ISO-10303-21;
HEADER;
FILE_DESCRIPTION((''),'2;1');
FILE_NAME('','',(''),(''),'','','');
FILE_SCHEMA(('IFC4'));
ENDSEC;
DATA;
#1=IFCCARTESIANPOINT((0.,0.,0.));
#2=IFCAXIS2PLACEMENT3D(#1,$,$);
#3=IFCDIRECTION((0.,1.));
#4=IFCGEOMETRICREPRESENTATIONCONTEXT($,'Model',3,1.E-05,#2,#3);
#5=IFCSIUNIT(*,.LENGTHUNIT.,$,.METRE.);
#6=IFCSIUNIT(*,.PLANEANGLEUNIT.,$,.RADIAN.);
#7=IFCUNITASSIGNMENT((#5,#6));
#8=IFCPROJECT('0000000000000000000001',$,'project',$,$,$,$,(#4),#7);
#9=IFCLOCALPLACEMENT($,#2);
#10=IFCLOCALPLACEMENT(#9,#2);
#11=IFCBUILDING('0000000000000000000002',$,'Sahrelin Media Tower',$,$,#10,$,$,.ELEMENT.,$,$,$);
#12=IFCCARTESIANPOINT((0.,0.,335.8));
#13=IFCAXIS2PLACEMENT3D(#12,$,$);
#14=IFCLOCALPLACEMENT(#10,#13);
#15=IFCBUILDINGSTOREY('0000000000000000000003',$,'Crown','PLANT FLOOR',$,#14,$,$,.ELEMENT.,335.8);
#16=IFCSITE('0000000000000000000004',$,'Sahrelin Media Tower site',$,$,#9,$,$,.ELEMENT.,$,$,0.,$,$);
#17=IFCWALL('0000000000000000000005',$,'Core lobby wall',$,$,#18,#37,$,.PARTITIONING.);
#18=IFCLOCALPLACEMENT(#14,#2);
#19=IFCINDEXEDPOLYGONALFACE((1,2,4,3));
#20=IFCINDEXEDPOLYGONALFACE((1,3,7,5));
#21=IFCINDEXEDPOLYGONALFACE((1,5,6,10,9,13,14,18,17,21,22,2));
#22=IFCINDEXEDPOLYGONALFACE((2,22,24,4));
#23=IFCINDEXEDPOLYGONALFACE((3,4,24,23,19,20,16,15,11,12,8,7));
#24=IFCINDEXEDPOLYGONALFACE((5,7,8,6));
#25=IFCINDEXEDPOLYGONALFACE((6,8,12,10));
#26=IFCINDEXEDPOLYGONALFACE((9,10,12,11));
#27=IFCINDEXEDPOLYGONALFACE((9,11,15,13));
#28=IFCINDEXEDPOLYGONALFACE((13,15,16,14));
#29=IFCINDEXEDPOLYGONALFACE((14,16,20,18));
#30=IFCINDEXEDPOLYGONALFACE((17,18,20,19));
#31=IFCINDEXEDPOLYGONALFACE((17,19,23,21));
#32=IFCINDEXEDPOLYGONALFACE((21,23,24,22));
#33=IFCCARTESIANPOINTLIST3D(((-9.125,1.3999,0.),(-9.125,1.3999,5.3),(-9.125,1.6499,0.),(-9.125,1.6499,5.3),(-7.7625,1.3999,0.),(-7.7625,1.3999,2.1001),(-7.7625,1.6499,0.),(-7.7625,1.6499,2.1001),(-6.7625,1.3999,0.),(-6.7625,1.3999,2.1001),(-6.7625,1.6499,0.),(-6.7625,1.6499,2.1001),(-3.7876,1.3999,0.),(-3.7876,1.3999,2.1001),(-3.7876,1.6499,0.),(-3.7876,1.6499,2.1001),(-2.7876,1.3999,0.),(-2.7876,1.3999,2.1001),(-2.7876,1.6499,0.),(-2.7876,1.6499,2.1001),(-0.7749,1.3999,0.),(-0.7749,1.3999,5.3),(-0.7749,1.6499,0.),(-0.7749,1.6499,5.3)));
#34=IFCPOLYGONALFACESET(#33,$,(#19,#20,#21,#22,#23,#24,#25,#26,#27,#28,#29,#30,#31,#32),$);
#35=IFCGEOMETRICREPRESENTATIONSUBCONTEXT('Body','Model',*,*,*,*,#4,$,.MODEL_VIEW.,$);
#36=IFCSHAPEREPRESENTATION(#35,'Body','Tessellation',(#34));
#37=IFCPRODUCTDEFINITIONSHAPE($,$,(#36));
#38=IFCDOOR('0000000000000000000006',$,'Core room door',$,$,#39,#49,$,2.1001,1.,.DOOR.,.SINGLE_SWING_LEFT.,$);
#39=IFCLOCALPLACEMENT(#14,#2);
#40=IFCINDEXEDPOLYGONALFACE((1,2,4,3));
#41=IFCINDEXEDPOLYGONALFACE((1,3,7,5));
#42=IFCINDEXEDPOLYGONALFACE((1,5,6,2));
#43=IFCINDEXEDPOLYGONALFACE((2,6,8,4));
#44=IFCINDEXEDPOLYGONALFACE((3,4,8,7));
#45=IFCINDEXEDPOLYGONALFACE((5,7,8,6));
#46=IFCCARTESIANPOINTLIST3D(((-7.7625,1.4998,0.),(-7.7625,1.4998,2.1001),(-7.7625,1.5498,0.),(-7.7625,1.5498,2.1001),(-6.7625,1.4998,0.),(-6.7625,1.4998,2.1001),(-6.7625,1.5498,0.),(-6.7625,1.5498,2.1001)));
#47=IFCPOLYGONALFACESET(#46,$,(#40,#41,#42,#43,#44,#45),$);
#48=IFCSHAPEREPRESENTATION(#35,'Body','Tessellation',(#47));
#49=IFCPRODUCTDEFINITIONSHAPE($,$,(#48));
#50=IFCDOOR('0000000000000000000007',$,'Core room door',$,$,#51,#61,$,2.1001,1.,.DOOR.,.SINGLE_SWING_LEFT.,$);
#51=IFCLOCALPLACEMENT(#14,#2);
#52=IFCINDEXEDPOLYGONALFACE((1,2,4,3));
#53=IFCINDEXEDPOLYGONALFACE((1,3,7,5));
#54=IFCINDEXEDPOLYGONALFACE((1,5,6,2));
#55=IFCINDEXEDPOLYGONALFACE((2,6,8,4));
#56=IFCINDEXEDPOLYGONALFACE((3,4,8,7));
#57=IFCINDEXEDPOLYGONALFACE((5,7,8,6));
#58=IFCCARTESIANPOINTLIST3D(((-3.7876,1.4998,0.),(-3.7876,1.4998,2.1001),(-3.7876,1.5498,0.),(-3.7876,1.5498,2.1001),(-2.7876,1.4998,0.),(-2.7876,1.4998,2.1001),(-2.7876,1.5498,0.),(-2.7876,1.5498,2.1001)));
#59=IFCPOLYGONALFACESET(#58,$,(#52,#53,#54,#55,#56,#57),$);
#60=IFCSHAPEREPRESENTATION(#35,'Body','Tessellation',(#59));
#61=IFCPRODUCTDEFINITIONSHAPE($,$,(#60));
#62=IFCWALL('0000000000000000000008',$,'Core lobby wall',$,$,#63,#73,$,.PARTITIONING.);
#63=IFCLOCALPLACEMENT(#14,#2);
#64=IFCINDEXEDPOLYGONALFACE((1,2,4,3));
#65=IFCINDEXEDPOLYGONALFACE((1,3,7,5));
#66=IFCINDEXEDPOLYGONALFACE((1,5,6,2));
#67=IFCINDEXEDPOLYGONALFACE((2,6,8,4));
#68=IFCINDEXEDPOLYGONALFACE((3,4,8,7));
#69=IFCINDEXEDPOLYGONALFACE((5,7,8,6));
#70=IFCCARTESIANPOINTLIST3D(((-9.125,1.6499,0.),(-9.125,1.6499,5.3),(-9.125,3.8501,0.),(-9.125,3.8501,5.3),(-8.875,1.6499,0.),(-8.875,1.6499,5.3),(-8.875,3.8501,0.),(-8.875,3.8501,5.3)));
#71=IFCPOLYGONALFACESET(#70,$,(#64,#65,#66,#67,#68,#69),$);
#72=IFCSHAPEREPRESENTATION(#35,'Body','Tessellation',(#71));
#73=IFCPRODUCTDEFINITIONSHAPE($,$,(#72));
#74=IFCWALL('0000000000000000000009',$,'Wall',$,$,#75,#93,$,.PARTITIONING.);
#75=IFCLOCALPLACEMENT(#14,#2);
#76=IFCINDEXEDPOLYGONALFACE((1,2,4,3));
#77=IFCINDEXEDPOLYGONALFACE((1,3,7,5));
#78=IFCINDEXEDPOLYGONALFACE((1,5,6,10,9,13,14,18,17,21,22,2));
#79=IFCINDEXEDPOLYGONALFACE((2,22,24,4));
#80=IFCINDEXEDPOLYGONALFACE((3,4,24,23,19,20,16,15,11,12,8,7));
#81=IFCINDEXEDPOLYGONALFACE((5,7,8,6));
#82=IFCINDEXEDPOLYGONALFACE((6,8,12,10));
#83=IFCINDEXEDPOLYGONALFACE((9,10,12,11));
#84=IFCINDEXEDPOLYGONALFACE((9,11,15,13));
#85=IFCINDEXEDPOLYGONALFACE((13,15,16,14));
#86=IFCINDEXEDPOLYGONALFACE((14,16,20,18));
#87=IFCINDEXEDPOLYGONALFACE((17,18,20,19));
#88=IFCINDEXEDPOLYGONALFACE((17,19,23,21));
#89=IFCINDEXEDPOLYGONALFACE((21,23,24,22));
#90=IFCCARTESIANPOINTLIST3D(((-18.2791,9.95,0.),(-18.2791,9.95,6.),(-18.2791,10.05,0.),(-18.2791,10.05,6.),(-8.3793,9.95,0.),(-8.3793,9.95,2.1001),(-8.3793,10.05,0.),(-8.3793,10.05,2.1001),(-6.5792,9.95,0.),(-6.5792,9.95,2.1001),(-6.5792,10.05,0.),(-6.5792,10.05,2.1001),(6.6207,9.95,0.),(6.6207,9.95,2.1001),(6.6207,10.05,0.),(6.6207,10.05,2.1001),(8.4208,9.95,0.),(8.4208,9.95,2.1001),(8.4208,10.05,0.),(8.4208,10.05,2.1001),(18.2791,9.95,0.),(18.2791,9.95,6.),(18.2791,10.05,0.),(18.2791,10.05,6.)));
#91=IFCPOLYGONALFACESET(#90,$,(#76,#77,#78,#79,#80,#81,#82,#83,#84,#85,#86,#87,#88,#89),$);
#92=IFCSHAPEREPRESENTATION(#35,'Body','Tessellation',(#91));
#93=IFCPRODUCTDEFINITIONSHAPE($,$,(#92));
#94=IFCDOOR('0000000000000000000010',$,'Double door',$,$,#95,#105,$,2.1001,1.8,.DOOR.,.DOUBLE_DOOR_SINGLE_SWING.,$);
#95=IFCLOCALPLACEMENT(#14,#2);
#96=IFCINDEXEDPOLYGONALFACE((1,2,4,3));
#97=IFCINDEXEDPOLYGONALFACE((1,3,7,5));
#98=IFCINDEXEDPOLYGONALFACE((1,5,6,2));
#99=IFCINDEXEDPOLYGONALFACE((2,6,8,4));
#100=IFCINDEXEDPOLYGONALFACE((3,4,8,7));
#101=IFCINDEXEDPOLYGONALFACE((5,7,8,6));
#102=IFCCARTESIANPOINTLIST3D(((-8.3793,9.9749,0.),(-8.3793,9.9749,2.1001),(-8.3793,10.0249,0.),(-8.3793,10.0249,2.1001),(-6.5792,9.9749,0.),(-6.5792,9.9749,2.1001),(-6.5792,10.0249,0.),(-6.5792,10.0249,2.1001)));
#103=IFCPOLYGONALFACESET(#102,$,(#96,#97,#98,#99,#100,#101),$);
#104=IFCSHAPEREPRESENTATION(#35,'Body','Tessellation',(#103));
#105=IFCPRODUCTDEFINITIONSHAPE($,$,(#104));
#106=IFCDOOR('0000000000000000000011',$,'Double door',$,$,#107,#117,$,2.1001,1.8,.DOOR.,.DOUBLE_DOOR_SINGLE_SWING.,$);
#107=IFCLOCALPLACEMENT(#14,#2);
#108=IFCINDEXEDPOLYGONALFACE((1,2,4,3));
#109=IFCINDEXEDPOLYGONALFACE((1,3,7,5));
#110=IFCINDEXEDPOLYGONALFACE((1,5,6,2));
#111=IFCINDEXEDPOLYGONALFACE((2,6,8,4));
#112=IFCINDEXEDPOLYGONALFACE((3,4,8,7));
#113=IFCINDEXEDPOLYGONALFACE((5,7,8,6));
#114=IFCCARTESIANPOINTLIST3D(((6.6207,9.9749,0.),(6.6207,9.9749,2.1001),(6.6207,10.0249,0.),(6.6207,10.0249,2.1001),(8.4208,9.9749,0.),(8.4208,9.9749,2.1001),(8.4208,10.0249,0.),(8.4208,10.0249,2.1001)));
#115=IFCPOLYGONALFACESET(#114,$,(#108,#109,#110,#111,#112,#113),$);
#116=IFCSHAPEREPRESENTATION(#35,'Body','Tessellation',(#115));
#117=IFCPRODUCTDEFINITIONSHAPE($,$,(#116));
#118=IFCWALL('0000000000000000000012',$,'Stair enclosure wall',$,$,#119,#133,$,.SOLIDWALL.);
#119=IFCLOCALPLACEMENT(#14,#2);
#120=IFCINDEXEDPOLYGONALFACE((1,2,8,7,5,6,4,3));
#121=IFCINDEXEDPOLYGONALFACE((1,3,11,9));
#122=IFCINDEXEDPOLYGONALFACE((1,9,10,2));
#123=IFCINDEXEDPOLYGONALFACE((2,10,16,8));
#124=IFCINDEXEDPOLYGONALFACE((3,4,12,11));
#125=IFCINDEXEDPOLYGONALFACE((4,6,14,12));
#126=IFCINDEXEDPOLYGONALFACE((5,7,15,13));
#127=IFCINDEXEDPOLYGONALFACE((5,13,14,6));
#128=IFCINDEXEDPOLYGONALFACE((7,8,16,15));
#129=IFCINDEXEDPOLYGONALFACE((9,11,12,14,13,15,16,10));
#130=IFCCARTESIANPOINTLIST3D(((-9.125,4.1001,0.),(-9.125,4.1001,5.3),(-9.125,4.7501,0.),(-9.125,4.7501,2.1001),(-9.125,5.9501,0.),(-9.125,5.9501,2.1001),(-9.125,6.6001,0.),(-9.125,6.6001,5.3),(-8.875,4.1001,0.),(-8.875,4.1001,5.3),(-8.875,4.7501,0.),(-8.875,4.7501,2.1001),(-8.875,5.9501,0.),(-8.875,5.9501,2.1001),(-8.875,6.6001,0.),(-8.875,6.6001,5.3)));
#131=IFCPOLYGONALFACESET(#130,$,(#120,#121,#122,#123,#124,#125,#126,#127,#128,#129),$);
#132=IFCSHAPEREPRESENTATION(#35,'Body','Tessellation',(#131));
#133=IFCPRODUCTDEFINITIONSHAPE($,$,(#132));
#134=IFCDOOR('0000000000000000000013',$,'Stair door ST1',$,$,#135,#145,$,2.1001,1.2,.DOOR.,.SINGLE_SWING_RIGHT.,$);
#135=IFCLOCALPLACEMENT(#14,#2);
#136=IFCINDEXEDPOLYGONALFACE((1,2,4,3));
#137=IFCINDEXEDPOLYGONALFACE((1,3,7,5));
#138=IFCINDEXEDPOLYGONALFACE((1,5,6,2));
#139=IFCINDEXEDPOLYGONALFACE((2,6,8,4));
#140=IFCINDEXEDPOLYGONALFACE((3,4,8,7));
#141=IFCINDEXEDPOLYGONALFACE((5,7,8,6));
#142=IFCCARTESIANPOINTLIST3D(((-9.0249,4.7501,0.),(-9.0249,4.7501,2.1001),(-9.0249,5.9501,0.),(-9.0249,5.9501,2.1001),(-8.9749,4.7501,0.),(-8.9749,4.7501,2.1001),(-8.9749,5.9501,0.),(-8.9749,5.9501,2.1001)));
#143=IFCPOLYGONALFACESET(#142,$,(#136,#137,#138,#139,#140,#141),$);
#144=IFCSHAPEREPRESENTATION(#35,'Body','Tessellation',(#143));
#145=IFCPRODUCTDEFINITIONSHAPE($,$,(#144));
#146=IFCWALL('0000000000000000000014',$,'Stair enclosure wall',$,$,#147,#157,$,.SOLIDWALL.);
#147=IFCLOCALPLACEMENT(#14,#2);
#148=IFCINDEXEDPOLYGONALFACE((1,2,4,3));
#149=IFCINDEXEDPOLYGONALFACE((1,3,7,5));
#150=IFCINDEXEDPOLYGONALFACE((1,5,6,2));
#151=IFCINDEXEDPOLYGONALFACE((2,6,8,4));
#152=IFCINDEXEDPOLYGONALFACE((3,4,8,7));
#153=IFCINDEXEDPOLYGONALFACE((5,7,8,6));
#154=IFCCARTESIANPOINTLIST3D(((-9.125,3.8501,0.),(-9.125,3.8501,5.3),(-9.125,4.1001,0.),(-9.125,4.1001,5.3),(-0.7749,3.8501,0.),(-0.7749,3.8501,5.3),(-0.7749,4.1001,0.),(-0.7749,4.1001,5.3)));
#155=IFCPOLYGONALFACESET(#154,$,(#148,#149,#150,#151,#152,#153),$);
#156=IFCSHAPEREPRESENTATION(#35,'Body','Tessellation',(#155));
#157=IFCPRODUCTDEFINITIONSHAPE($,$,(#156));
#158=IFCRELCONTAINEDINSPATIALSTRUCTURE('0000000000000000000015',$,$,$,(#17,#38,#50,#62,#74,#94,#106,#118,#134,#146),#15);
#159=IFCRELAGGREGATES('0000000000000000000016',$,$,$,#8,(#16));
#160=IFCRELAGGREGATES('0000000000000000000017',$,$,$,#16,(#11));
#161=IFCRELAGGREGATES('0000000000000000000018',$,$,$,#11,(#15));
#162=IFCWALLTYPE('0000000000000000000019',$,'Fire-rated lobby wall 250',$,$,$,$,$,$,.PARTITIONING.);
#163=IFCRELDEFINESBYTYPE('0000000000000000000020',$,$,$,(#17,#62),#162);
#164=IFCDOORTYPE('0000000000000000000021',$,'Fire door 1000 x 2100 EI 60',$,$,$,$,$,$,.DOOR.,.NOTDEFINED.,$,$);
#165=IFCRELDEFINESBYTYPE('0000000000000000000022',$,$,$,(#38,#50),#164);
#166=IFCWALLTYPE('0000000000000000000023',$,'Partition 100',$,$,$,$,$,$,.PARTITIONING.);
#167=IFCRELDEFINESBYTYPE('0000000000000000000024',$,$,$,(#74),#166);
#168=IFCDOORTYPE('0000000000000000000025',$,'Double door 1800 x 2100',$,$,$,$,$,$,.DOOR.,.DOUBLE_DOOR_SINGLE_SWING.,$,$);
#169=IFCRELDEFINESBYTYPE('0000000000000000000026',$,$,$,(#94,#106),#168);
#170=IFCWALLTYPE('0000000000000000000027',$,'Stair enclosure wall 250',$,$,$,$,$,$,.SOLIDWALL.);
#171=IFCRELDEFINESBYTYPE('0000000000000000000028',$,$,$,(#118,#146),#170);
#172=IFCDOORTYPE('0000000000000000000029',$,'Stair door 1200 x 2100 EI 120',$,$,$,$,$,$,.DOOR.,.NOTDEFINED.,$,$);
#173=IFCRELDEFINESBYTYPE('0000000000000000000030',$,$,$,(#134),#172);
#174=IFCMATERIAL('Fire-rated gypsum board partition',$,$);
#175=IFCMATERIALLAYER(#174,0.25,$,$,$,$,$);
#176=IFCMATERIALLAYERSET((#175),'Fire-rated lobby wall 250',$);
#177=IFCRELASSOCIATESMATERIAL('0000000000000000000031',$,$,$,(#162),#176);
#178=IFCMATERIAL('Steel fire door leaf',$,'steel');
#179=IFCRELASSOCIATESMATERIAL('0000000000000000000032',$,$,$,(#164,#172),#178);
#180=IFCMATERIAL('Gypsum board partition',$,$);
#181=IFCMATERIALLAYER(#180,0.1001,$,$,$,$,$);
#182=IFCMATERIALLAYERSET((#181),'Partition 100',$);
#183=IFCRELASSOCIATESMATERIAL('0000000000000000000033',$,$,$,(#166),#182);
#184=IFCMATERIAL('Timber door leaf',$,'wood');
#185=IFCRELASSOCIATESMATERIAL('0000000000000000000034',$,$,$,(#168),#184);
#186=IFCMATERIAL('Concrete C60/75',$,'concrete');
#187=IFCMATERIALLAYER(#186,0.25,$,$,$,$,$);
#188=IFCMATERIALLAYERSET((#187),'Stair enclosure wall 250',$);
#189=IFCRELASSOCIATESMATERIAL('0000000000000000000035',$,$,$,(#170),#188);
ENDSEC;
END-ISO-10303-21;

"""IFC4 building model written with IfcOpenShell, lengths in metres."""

from ifc_helpers import new_model, si_unit, direction, frame, frame_2d, origin, place, context, subcontext, project, spatial, rectangle, extrude, material, layer, layer_set, type_object, element, fill, save


model = new_model("IFC4")

# Units and contexts
model_context = context("Model", 3, precision=1e-05, world=origin(), true_north=direction((0.0, 1.0)))
body_context = subcontext(model_context, "Body", "Model", "MODEL_VIEW")
ifc_project = project(units=[si_unit("LENGTHUNIT", "METRE"), si_unit("PLANEANGLEUNIT", "RADIAN")], contexts=[model_context])

# Site, building, storey
site_placement = place(None, origin())
site = spatial("IfcSite", under=ifc_project, at=site_placement, Name="Sahrelin Media Tower site", CompositionType="ELEMENT", RefElevation=0.0)
building_placement = place(site_placement, origin())
building = spatial("IfcBuilding", under=site, at=building_placement, Name="Sahrelin Media Tower", CompositionType="ELEMENT")
storey_placement = place(building_placement, frame((0.0, 0.0, 335.8)))
storey = spatial("IfcBuildingStorey", under=building, at=storey_placement, Name="Crown", Description="PLANT FLOOR", CompositionType="ELEMENT", Elevation=335.8)

# Shared definitions
ifc_material_1 = material(Name="Concrete C60/75", Category="concrete")

# Wall, openings, doors
ifc_material_2 = material(Name="Fire-rated gypsum board partition")
ifc_layer_1 = layer(ifc_material_2, 0.25)
ifc_layer_set_1 = layer_set([ifc_layer_1], Name="Fire-rated lobby wall 250")
wall_type_1 = type_object("IfcWallType", Name="Fire-rated lobby wall 250", PredefinedType="PARTITIONING", material=ifc_layer_set_1)
wall_1_placement = place(storey_placement, frame((-9.125, 1.5249, 0.0), z_axis=(0.0, 0.0, 1.0), x_axis=(1.0, 0.0, 0.0)))
wall_1 = element("IfcWall", 1, at=wall_1_placement, inside=storey, type_object=wall_type_1, Name="Core lobby wall", PredefinedType="PARTITIONING", context=body_context, shape_type="SweptSolid", body=[
    extrude(rectangle(XDim=8.3501, YDim=0.25, at=frame_2d((4.175, 0.0))), origin(), (0.0, 0.0, 1.0), 5.3),
])
opening_1_placement = place(wall_1_placement, frame((1.3625, 0.0, 0.0)))
opening_1 = element("IfcOpeningElement", 2, at=opening_1_placement, cuts=wall_1, PredefinedType="OPENING", context=body_context, shape_type="SweptSolid", body=[
    extrude(rectangle(XDim=1.0, YDim=2.1001, at=frame_2d((0.5, 1.05))), frame((0.0, 0.125, 0.0), z_axis=(0.0, -1.0, 0.0), x_axis=(1.0, 0.0, 0.0)), (0.0, 0.0, 1.0), 0.25),
])
opening_2_placement = place(wall_1_placement, frame((5.3374, 0.0, 0.0)))
opening_2 = element("IfcOpeningElement", 3, at=opening_2_placement, cuts=wall_1, PredefinedType="OPENING", context=body_context, shape_type="SweptSolid", body=[
    extrude(rectangle(XDim=1.0, YDim=2.1001, at=frame_2d((0.5, 1.05))), frame((0.0, 0.125, 0.0), z_axis=(0.0, -1.0, 0.0), x_axis=(1.0, 0.0, 0.0)), (0.0, 0.0, 1.0), 0.25),
])
ifc_material_3 = material(Name="Steel fire door leaf", Category="steel")
door_type_1 = type_object("IfcDoorType", Name="Fire door 1000 x 2100 EI 60", OperationType="NOTDEFINED", PredefinedType="DOOR", material=ifc_material_3)
door_1_placement = place(opening_1_placement, origin())
door_1 = element("IfcDoor", 4, at=door_1_placement, inside=storey, type_object=door_type_1, Name="Core room door", OperationType="SINGLE_SWING_LEFT", OverallHeight=2.1001, OverallWidth=1.0, PredefinedType="DOOR", context=body_context, shape_type="SweptSolid", body=[
    extrude(rectangle(XDim=1.0, YDim=2.1001, at=frame_2d((0.5, 1.05))), frame((0.0, 0.0249, 0.0), z_axis=(0.0, -1.0, 0.0), x_axis=(1.0, 0.0, 0.0)), (0.0, 0.0, 1.0), 0.05),
])
fill(opening_1, door_1)
door_2_placement = place(opening_2_placement, origin())
door_2 = element("IfcDoor", 5, at=door_2_placement, inside=storey, type_object=door_type_1, Name="Core room door", OperationType="SINGLE_SWING_LEFT", OverallHeight=2.1001, OverallWidth=1.0, PredefinedType="DOOR", context=body_context, shape_type="SweptSolid", body=[
    extrude(rectangle(XDim=1.0, YDim=2.1001, at=frame_2d((0.5, 1.05))), frame((0.0, 0.0249, 0.0), z_axis=(0.0, -1.0, 0.0), x_axis=(1.0, 0.0, 0.0)), (0.0, 0.0, 1.0), 0.05),
])
fill(opening_2, door_2)

# Wall
wall_2_placement = place(storey_placement, frame((-9.0, 1.6499, 0.0), z_axis=(0.0, 0.0, 1.0), x_axis=(0.0, 1.0, 0.0)))
element("IfcWall", 6, at=wall_2_placement, inside=storey, type_object=wall_type_1, Name="Core lobby wall", PredefinedType="PARTITIONING", context=body_context, shape_type="SweptSolid", body=[
    extrude(rectangle(XDim=2.2002, YDim=0.25, at=frame_2d((1.1001, 0.0))), origin(), (0.0, 0.0, 1.0), 5.3),
])

# Wall, openings, doors
ifc_material_4 = material(Name="Gypsum board partition")
ifc_layer_2 = layer(ifc_material_4, 0.1001)
ifc_layer_set_2 = layer_set([ifc_layer_2], Name="Partition 100")
wall_type_2 = type_object("IfcWallType", Name="Partition 100", PredefinedType="PARTITIONING", material=ifc_layer_set_2)
wall_3_placement = place(storey_placement, frame((-18.2791, 10.0, 0.0), z_axis=(0.0, 0.0, 1.0), x_axis=(1.0, 0.0, 0.0)))
wall_3 = element("IfcWall", 7, at=wall_3_placement, inside=storey, type_object=wall_type_2, Name="Wall", PredefinedType="PARTITIONING", context=body_context, shape_type="SweptSolid", body=[
    extrude(rectangle(XDim=36.5581, YDim=0.1001, at=frame_2d((18.2791, 0.0))), origin(), (0.0, 0.0, 1.0), 6.0),
])
opening_3_placement = place(wall_3_placement, frame((9.8999, 0.0, 0.0)))
opening_3 = element("IfcOpeningElement", 8, at=opening_3_placement, cuts=wall_3, PredefinedType="OPENING", context=body_context, shape_type="SweptSolid", body=[
    extrude(rectangle(XDim=1.8, YDim=2.1001, at=frame_2d((0.8999, 1.05))), frame((0.0, 0.05, 0.0), z_axis=(0.0, -1.0, 0.0), x_axis=(1.0, 0.0, 0.0)), (0.0, 0.0, 1.0), 0.1001),
])
opening_4_placement = place(wall_3_placement, frame((24.8999, 0.0, 0.0)))
opening_4 = element("IfcOpeningElement", 9, at=opening_4_placement, cuts=wall_3, PredefinedType="OPENING", context=body_context, shape_type="SweptSolid", body=[
    extrude(rectangle(XDim=1.8, YDim=2.1001, at=frame_2d((0.8999, 1.05))), frame((0.0, 0.05, 0.0), z_axis=(0.0, -1.0, 0.0), x_axis=(1.0, 0.0, 0.0)), (0.0, 0.0, 1.0), 0.1001),
])
ifc_material_5 = material(Name="Timber door leaf", Category="wood")
door_type_2 = type_object("IfcDoorType", Name="Double door 1800 x 2100", OperationType="DOUBLE_DOOR_SINGLE_SWING", PredefinedType="DOOR", material=ifc_material_5)
door_3_placement = place(opening_3_placement, origin())
door_3 = element("IfcDoor", 10, at=door_3_placement, inside=storey, type_object=door_type_2, Name="Double door", OperationType="DOUBLE_DOOR_SINGLE_SWING", OverallHeight=2.1001, OverallWidth=1.8, PredefinedType="DOOR", context=body_context, shape_type="SweptSolid", body=[
    extrude(rectangle(XDim=1.8, YDim=2.1001, at=frame_2d((0.8999, 1.05))), frame((0.0, 0.0249, 0.0), z_axis=(0.0, -1.0, 0.0), x_axis=(1.0, 0.0, 0.0)), (0.0, 0.0, 1.0), 0.05),
])
fill(opening_3, door_3)
door_4_placement = place(opening_4_placement, origin())
door_4 = element("IfcDoor", 11, at=door_4_placement, inside=storey, type_object=door_type_2, Name="Double door", OperationType="DOUBLE_DOOR_SINGLE_SWING", OverallHeight=2.1001, OverallWidth=1.8, PredefinedType="DOOR", context=body_context, shape_type="SweptSolid", body=[
    extrude(rectangle(XDim=1.8, YDim=2.1001, at=frame_2d((0.8999, 1.05))), frame((0.0, 0.0249, 0.0), z_axis=(0.0, -1.0, 0.0), x_axis=(1.0, 0.0, 0.0)), (0.0, 0.0, 1.0), 0.05),
])
fill(opening_4, door_4)

# Wall, opening, door
ifc_layer_3 = layer(ifc_material_1, 0.25)
ifc_layer_set_3 = layer_set([ifc_layer_3], Name="Stair enclosure wall 250")
wall_type_3 = type_object("IfcWallType", Name="Stair enclosure wall 250", PredefinedType="SOLIDWALL", material=ifc_layer_set_3)
wall_4_placement = place(storey_placement, frame((-9.0, 4.1001, 0.0), z_axis=(0.0, 0.0, 1.0), x_axis=(0.0, 1.0, 0.0)))
wall_4 = element("IfcWall", 12, at=wall_4_placement, inside=storey, type_object=wall_type_3, Name="Stair enclosure wall", PredefinedType="SOLIDWALL", context=body_context, shape_type="SweptSolid", body=[
    extrude(rectangle(XDim=2.5, YDim=0.25, at=frame_2d((1.25, 0.0))), origin(), (0.0, 0.0, 1.0), 5.3),
])
opening_5_placement = place(wall_4_placement, frame((0.6499, 0.0, 0.0)))
opening_5 = element("IfcOpeningElement", 13, at=opening_5_placement, cuts=wall_4, PredefinedType="OPENING", context=body_context, shape_type="SweptSolid", body=[
    extrude(rectangle(XDim=1.2, YDim=2.1001, at=frame_2d((0.6001, 1.05))), frame((0.0, 0.125, 0.0), z_axis=(0.0, -1.0, 0.0), x_axis=(1.0, 0.0, 0.0)), (0.0, 0.0, 1.0), 0.25),
])
door_type_3 = type_object("IfcDoorType", Name="Stair door 1200 x 2100 EI 120", OperationType="NOTDEFINED", PredefinedType="DOOR", material=ifc_material_3)
door_5_placement = place(opening_5_placement, origin())
door_5 = element("IfcDoor", 14, at=door_5_placement, inside=storey, type_object=door_type_3, Name="Stair door ST1", OperationType="SINGLE_SWING_RIGHT", OverallHeight=2.1001, OverallWidth=1.2, PredefinedType="DOOR", context=body_context, shape_type="SweptSolid", body=[
    extrude(rectangle(XDim=1.2, YDim=2.1001, at=frame_2d((0.6001, 1.05))), frame((0.0, 0.0249, 0.0), z_axis=(0.0, -1.0, 0.0), x_axis=(1.0, 0.0, 0.0)), (0.0, 0.0, 1.0), 0.05),
])
fill(opening_5, door_5)

# Wall
wall_5_placement = place(storey_placement, frame((-9.125, 3.9751, 0.0), z_axis=(0.0, 0.0, 1.0), x_axis=(1.0, 0.0, 0.0)))
element("IfcWall", 15, at=wall_5_placement, inside=storey, type_object=wall_type_3, Name="Stair enclosure wall", PredefinedType="SOLIDWALL", context=body_context, shape_type="SweptSolid", body=[
    extrude(rectangle(XDim=8.3501, YDim=0.25, at=frame_2d((4.175, 0.0))), origin(), (0.0, 0.0, 1.0), 5.3),
])

save(model, "model.ifc")
